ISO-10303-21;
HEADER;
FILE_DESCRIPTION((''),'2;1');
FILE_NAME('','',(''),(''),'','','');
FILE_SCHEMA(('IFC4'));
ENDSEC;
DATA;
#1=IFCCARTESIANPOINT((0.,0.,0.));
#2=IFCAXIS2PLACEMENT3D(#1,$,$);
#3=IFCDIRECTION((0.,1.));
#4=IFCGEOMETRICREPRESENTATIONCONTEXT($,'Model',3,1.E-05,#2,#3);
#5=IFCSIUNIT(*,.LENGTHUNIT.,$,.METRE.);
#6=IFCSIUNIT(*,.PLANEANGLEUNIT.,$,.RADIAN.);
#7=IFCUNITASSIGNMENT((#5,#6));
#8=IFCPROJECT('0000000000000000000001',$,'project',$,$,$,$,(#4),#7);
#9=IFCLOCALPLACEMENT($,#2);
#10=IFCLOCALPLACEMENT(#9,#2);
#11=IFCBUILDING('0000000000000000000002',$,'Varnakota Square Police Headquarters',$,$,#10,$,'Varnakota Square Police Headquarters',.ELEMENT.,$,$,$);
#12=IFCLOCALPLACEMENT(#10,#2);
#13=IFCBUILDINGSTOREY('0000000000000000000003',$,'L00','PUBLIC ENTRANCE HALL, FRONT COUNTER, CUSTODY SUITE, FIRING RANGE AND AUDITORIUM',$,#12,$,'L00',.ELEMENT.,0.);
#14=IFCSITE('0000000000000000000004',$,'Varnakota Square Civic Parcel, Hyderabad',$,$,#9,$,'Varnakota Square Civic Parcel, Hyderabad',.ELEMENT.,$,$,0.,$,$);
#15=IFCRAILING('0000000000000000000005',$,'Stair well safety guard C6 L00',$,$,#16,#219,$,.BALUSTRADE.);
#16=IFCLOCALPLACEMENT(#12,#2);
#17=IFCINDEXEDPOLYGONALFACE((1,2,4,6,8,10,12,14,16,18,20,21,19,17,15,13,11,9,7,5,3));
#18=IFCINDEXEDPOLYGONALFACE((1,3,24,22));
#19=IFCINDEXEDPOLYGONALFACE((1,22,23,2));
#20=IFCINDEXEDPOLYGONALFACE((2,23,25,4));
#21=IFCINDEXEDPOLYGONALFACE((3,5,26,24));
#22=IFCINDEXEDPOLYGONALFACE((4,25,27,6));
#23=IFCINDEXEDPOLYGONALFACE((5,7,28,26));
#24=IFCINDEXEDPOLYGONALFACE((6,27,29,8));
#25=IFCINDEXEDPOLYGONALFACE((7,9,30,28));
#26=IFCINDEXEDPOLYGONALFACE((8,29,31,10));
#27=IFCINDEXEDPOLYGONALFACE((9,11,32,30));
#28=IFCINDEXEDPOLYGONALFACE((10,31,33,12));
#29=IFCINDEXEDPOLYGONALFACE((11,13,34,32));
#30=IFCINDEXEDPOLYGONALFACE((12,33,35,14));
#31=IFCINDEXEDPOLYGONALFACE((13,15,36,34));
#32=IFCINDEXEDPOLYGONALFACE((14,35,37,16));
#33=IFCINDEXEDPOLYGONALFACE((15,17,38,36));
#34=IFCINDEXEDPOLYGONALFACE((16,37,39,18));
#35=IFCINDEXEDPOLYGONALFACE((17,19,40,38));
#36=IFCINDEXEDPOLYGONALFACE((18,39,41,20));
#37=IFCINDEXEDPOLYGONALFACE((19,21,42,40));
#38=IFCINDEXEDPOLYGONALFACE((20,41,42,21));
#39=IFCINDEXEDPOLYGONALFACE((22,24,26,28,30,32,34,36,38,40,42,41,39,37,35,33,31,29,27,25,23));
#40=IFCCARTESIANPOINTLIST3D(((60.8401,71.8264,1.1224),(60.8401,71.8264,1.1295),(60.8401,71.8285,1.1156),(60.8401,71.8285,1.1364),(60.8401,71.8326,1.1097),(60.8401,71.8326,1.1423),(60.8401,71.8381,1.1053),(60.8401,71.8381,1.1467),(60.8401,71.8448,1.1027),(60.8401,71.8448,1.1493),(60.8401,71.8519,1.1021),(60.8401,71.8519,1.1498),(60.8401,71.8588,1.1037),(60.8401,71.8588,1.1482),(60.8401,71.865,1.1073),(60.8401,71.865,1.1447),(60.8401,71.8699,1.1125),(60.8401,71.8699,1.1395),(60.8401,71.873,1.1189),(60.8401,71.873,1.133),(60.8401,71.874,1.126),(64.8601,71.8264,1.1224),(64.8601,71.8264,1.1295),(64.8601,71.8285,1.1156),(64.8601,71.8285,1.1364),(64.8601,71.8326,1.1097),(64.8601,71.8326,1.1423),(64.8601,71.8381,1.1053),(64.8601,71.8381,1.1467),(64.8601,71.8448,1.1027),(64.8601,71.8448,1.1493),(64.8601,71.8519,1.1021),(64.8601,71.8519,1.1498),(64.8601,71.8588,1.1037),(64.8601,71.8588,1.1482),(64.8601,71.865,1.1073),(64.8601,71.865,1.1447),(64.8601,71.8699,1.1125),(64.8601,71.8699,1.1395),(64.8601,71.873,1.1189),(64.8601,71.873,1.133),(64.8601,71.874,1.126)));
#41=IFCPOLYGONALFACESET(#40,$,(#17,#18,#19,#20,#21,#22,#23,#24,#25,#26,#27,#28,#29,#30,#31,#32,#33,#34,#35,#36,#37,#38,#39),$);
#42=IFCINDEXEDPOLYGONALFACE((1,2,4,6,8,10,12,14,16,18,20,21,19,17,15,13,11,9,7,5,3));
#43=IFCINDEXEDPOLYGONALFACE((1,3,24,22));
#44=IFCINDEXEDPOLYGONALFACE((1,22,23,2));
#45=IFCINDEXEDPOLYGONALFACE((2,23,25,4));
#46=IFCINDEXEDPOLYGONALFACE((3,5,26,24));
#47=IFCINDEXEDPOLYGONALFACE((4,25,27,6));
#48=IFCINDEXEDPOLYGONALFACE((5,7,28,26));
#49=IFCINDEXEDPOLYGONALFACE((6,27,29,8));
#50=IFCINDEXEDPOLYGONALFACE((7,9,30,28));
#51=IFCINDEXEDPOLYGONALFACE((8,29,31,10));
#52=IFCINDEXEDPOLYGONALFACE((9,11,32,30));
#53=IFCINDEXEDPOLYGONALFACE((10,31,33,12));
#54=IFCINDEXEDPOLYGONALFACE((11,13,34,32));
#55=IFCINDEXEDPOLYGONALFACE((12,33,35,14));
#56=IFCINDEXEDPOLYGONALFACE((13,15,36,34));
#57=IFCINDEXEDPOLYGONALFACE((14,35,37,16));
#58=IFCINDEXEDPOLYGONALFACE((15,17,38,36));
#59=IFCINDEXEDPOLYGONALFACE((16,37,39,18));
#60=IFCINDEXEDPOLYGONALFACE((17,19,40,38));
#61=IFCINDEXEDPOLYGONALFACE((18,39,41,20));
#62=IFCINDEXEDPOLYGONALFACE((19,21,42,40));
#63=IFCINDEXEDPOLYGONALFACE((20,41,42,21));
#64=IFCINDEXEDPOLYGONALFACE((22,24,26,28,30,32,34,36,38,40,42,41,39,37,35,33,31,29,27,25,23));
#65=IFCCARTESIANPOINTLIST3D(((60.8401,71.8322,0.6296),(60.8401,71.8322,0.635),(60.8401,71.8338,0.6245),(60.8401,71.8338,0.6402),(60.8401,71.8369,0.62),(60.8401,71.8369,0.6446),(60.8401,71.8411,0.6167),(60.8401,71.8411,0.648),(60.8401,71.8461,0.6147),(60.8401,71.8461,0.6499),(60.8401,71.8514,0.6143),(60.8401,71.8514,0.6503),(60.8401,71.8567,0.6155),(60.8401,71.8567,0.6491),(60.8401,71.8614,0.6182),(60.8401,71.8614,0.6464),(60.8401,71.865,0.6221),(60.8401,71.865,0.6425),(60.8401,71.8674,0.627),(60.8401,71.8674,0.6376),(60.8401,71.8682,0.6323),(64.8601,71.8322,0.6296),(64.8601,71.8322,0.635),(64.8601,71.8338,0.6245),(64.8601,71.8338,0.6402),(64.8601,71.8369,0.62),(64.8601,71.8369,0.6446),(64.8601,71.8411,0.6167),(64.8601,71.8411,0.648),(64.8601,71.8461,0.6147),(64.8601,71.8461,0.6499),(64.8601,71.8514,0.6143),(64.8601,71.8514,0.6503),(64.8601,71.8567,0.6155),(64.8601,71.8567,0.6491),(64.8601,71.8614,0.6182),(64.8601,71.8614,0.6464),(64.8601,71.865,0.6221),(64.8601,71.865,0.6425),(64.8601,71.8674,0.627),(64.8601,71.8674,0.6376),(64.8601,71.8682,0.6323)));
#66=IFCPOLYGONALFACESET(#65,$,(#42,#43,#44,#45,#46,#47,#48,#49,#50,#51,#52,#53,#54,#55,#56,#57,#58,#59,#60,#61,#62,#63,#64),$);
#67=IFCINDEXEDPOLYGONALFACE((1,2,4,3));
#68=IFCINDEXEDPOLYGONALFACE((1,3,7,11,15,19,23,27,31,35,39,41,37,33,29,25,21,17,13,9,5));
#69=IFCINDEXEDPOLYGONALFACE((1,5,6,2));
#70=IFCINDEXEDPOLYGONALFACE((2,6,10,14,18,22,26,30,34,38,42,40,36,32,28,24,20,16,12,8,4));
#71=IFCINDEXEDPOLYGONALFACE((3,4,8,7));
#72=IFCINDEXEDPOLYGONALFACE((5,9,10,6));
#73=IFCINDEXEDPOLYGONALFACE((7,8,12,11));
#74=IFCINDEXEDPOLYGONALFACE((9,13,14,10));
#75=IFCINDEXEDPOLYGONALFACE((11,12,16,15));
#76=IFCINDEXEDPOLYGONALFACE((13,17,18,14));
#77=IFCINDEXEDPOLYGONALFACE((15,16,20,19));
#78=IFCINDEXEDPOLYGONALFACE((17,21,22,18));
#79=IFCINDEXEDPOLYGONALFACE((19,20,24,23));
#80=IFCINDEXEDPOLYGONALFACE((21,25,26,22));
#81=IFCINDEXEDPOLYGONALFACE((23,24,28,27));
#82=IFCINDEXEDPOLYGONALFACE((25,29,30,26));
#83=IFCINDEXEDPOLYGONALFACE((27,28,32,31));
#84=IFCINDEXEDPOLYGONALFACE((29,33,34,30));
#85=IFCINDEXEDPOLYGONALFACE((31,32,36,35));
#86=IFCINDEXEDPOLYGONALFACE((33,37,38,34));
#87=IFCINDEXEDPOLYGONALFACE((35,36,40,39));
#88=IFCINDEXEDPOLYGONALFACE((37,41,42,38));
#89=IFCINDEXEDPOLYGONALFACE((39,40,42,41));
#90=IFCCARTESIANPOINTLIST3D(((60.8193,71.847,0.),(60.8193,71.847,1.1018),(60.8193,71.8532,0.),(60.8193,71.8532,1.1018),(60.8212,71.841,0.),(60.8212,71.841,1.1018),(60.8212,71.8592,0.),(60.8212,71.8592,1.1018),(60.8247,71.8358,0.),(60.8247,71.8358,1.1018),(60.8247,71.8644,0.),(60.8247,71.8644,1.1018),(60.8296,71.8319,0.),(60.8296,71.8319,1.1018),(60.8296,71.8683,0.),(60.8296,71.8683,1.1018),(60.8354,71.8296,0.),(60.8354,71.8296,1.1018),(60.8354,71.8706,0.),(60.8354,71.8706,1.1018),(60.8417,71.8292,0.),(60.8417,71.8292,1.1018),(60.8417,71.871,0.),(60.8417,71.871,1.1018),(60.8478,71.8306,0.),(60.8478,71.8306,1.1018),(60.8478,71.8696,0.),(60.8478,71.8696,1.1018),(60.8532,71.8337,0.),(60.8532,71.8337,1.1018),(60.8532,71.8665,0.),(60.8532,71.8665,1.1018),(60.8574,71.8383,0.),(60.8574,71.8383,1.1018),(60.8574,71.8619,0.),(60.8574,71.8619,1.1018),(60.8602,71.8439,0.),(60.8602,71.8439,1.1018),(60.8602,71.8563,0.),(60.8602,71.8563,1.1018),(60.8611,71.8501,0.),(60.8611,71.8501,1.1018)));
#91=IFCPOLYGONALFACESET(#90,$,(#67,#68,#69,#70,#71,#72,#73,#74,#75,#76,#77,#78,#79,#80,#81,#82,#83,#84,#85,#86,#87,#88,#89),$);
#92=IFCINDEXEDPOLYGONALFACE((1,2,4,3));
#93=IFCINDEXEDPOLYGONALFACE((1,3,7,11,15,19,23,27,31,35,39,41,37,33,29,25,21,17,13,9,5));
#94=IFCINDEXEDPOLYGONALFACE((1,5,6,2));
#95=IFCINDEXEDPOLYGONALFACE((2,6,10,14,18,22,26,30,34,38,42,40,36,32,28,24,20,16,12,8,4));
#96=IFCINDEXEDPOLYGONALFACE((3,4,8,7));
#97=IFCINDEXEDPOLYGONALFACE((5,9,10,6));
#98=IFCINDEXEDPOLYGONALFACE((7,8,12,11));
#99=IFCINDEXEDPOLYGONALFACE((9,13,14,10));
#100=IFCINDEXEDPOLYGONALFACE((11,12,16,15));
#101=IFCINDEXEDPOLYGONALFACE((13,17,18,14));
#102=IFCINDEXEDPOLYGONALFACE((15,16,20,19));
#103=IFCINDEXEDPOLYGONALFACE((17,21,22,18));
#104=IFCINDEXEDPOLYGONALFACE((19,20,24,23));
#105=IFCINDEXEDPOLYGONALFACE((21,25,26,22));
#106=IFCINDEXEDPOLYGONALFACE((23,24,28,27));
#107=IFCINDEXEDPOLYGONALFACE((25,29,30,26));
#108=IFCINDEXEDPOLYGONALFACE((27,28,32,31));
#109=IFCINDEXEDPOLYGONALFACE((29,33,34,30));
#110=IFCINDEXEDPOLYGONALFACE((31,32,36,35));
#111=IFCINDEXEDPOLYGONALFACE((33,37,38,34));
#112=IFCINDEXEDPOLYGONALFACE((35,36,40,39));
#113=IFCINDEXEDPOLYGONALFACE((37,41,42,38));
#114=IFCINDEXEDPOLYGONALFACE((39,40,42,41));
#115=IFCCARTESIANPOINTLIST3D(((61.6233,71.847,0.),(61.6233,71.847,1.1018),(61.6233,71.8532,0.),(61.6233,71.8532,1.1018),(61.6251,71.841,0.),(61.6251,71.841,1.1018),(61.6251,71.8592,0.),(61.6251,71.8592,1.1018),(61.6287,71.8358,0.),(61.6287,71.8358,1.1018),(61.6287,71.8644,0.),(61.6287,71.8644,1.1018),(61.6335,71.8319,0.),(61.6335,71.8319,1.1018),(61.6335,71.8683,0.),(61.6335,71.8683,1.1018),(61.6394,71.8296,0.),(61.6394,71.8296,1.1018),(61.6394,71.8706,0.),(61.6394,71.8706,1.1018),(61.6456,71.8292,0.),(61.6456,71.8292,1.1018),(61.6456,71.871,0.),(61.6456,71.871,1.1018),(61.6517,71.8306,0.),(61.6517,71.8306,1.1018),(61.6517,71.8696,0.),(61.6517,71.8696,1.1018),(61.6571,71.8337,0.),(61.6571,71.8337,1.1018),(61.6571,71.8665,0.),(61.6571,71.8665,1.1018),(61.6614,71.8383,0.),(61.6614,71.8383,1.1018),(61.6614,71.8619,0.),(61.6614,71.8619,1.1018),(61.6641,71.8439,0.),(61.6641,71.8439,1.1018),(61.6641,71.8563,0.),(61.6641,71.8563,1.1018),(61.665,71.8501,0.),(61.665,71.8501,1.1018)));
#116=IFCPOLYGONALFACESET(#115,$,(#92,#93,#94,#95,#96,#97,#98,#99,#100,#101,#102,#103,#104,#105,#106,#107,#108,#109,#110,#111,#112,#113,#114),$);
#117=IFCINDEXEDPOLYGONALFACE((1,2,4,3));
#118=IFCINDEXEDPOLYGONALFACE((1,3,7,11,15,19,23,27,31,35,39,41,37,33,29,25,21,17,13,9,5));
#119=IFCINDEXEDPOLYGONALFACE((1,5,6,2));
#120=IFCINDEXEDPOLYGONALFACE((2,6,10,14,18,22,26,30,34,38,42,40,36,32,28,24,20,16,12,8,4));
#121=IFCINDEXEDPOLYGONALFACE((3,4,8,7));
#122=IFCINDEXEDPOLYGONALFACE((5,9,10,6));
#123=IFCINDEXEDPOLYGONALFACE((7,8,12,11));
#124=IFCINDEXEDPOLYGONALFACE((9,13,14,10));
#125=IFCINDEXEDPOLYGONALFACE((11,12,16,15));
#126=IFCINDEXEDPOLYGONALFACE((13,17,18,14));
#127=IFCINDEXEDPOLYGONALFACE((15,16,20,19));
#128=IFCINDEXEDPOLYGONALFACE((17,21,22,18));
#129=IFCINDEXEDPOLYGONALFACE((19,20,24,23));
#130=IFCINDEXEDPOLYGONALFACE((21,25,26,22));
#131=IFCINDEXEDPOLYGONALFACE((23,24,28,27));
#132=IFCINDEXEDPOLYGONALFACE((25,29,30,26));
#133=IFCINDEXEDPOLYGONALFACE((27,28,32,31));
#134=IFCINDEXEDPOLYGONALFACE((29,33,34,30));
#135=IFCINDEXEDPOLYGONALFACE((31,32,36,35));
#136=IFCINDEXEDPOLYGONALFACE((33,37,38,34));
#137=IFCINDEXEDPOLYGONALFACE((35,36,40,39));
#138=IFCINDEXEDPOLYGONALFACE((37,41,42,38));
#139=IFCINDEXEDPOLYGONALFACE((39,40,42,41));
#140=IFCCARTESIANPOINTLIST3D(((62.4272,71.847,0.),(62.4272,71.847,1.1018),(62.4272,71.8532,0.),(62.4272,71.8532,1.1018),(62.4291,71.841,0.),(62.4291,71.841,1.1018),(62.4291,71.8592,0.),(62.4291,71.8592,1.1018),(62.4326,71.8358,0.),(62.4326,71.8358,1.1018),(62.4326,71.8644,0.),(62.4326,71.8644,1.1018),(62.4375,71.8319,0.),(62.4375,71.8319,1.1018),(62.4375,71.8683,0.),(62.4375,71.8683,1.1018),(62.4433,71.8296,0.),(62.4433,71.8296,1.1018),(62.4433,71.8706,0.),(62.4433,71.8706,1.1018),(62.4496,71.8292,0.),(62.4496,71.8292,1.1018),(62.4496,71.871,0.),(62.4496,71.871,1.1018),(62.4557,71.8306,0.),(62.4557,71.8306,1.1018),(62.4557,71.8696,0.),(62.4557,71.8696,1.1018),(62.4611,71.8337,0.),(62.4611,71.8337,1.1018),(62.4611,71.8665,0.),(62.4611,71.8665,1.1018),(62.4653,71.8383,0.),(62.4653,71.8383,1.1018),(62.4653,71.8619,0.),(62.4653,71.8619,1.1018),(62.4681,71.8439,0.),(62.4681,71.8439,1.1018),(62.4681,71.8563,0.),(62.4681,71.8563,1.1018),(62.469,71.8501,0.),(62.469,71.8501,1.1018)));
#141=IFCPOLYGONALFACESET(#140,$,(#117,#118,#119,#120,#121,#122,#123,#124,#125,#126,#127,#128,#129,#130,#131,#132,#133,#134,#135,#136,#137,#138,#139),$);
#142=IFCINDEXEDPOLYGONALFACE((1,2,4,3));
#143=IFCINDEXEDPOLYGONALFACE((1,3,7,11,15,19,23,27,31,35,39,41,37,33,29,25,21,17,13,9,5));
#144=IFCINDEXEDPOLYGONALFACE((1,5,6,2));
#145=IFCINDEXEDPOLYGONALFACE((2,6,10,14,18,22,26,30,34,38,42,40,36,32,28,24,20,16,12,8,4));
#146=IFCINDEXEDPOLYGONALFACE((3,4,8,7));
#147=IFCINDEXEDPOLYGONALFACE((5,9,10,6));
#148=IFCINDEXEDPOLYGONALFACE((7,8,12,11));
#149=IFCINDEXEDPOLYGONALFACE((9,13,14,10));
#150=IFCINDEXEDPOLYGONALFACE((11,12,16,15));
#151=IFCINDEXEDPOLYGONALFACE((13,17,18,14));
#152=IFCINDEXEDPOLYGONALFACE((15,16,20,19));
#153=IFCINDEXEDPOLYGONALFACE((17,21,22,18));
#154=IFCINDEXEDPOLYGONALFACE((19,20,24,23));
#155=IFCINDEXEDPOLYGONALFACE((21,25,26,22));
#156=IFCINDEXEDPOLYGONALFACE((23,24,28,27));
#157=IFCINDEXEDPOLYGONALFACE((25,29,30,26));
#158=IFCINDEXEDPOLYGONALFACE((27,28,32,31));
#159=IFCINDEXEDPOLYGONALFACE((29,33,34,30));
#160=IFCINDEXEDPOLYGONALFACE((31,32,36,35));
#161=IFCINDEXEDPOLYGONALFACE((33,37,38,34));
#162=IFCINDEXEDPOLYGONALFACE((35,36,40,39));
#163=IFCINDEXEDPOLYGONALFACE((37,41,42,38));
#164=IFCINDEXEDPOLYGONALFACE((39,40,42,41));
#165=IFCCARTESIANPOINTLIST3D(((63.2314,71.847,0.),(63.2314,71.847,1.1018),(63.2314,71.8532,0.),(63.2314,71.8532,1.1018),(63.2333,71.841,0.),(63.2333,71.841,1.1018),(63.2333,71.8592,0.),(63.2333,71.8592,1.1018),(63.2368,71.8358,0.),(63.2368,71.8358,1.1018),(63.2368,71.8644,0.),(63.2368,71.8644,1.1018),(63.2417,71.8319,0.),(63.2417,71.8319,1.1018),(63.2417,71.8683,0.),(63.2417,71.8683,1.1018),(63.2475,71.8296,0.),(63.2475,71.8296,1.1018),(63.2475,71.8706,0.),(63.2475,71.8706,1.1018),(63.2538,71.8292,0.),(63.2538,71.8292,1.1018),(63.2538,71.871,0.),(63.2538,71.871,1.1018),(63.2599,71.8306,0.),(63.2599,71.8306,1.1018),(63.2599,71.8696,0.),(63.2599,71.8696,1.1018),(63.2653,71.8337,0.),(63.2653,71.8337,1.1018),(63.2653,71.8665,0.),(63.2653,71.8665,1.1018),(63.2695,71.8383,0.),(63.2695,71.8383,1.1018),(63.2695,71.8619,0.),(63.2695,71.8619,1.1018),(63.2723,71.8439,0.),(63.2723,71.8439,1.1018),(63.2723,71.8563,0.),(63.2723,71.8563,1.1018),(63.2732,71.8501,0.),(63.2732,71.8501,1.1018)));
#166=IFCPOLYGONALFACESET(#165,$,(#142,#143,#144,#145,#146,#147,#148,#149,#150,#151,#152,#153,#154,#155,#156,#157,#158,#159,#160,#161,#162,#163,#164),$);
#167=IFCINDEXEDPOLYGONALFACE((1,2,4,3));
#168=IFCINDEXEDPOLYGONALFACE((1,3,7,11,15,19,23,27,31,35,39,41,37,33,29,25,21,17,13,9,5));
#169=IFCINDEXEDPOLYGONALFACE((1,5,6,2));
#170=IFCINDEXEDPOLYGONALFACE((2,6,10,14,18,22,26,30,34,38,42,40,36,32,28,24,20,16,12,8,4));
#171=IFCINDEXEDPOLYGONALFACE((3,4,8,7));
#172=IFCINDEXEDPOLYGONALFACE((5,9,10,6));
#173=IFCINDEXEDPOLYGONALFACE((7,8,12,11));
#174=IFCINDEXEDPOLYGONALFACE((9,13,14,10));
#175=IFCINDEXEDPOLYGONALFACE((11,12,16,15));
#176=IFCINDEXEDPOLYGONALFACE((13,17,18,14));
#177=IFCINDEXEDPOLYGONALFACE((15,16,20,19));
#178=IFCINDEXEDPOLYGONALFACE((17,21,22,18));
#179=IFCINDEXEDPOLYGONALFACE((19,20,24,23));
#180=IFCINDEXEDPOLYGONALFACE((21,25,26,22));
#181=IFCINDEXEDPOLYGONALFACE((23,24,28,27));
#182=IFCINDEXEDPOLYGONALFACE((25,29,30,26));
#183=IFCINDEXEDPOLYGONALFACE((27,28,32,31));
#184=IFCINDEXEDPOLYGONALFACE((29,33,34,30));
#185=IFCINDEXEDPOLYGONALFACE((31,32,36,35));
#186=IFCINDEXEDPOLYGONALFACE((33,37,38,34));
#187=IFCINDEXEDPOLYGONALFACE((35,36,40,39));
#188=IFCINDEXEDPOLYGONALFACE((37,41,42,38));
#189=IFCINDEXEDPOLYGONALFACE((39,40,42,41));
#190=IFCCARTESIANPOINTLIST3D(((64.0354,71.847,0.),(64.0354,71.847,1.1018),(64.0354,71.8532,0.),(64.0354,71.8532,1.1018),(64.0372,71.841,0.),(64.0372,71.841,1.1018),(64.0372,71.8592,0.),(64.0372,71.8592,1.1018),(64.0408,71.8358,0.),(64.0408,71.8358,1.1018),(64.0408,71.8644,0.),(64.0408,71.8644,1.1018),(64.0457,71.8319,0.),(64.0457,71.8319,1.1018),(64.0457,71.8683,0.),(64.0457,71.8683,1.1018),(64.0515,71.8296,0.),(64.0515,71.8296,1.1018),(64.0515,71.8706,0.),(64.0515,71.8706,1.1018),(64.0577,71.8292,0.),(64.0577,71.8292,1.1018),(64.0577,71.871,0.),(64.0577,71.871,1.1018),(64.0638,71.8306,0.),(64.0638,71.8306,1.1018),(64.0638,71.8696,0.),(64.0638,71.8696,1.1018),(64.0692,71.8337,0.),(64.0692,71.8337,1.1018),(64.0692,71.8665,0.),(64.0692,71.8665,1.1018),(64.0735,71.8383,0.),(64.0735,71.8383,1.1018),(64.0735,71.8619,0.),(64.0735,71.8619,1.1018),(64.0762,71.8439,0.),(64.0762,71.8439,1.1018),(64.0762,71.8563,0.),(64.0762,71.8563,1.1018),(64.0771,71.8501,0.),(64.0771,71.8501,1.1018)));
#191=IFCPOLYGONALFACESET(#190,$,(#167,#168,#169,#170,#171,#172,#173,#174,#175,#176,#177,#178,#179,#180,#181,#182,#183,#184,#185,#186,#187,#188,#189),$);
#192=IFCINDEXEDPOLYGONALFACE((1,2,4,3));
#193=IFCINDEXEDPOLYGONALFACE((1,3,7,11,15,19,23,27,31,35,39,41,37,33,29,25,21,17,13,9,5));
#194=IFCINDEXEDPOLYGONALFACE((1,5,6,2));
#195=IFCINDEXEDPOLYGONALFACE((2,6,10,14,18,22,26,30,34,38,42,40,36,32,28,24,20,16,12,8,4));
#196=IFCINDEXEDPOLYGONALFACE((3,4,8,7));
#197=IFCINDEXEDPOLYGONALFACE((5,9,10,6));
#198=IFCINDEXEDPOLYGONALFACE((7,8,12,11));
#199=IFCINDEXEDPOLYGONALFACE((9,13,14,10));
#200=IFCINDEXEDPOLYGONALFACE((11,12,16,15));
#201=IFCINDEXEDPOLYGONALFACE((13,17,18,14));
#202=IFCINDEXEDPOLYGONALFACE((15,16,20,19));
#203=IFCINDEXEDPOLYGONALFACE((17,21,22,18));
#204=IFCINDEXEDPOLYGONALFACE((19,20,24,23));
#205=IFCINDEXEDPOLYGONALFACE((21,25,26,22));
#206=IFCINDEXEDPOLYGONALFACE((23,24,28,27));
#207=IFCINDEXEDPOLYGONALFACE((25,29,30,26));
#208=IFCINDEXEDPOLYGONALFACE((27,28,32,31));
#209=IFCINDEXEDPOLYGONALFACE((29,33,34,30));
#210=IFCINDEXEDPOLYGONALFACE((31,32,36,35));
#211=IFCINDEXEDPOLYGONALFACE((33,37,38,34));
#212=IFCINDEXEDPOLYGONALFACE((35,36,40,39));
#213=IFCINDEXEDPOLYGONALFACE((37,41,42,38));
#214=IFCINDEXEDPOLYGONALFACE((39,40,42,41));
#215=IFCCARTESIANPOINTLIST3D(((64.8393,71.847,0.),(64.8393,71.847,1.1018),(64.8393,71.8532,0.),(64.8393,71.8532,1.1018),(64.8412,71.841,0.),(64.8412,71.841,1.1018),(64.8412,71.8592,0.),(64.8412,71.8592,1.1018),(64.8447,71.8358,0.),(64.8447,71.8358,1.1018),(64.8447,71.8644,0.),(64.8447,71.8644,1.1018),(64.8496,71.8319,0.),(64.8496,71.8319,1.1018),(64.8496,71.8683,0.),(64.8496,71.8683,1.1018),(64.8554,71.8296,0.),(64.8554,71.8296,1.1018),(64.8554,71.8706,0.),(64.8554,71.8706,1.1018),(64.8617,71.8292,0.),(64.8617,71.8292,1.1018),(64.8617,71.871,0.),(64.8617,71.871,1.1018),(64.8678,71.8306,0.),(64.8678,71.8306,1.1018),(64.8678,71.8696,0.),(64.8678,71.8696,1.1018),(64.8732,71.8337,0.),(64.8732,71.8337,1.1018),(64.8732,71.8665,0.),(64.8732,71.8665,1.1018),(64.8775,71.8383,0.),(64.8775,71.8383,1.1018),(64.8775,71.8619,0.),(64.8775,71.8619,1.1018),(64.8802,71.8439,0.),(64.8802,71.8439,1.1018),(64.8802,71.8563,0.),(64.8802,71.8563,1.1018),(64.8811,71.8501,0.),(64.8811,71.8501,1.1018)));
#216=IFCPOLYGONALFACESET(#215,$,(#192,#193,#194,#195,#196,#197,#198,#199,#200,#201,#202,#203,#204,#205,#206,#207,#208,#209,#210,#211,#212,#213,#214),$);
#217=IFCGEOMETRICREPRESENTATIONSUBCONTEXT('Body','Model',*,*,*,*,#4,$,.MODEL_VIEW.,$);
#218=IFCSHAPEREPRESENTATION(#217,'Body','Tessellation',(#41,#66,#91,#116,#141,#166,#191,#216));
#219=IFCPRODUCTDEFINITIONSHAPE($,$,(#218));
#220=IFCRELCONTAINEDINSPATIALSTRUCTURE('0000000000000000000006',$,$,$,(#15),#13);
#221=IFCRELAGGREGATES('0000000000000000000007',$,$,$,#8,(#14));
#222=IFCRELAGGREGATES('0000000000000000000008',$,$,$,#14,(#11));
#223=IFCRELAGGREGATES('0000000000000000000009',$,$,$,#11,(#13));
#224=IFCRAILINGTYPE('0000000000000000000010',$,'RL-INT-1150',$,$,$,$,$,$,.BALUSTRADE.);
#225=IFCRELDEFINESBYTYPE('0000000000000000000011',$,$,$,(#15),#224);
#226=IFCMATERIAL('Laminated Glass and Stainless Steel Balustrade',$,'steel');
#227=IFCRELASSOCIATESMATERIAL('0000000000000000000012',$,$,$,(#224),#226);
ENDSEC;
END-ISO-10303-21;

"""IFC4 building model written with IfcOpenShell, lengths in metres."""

from ifc_helpers import new_model, si_unit, direction, frame, origin, origin_2d, place, context, subcontext, project, spatial, circle, extrude, material, type_object, element, save


model = new_model("IFC4")

# Units and contexts
model_context = context("Model", 3, precision=1e-05, world=origin(), true_north=direction((0.0, 1.0)))
body_context = subcontext(model_context, "Body", "Model", "MODEL_VIEW")
ifc_project = project(units=[si_unit("LENGTHUNIT", "METRE"), si_unit("PLANEANGLEUNIT", "RADIAN")], contexts=[model_context])

# Site, building, storey
site_placement = place(None, origin())
site = spatial("IfcSite", under=ifc_project, at=site_placement, Name="Varnakota Square Civic Parcel, Hyderabad", LongName="Varnakota Square Civic Parcel, Hyderabad", CompositionType="ELEMENT", RefElevation=0.0)
building_placement = place(site_placement, origin())
building = spatial("IfcBuilding", under=site, at=building_placement, Name="Varnakota Square Police Headquarters", LongName="Varnakota Square Police Headquarters", CompositionType="ELEMENT")
storey_placement = place(building_placement, origin())
storey = spatial("IfcBuildingStorey", under=building, at=storey_placement, Name="L00", Description="PUBLIC ENTRANCE HALL, FRONT COUNTER, CUSTODY SUITE, FIRING RANGE AND AUDITORIUM", LongName="L00", CompositionType="ELEMENT", Elevation=0.0)

# Railing
ifc_material_1 = material(Name="Laminated Glass and Stainless Steel Balustrade", Category="steel")
railing_type = type_object("IfcRailingType", Name="RL-INT-1150", PredefinedType="BALUSTRADE", material=ifc_material_1)
railing_placement = place(storey_placement, frame((60.8401, 71.8501, 0.0)))
element("IfcRailing", 1, at=railing_placement, inside=storey, type_object=railing_type, Name="Stair well safety guard C6 L00", PredefinedType="BALUSTRADE", context=body_context, shape_type="SweptSolid", body=[
    extrude(circle(Radius=0.0239, at=origin_2d()), frame((0.0, 0.0, 1.126), z_axis=(1.0, 0.0, 0.0), x_axis=(0.0, 1.0, 0.0)), (0.0, 0.0, 1.0), 4.02),
    extrude(circle(Radius=0.0181, at=origin_2d()), frame((0.0, 0.0, 0.6323), z_axis=(1.0, 0.0, 0.0), x_axis=(0.0, 1.0, 0.0)), (0.0, 0.0, 1.0), 4.02),
    extrude(circle(Radius=0.021, at=origin_2d()), origin(), (0.0, 0.0, 1.0), 1.1018),
    extrude(circle(Radius=0.021, at=origin_2d()), frame((0.804, 0.0, 0.0)), (0.0, 0.0, 1.0), 1.1018),
    extrude(circle(Radius=0.021, at=origin_2d()), frame((1.6079, 0.0, 0.0)), (0.0, 0.0, 1.0), 1.1018),
    extrude(circle(Radius=0.021, at=origin_2d()), frame((2.4121, 0.0, 0.0)), (0.0, 0.0, 1.0), 1.1018),
    extrude(circle(Radius=0.021, at=origin_2d()), frame((3.2161, 0.0, 0.0)), (0.0, 0.0, 1.0), 1.1018),
    extrude(circle(Radius=0.021, at=origin_2d()), frame((4.02, 0.0, 0.0)), (0.0, 0.0, 1.0), 1.1018),
])

save(model, "model.ifc")
